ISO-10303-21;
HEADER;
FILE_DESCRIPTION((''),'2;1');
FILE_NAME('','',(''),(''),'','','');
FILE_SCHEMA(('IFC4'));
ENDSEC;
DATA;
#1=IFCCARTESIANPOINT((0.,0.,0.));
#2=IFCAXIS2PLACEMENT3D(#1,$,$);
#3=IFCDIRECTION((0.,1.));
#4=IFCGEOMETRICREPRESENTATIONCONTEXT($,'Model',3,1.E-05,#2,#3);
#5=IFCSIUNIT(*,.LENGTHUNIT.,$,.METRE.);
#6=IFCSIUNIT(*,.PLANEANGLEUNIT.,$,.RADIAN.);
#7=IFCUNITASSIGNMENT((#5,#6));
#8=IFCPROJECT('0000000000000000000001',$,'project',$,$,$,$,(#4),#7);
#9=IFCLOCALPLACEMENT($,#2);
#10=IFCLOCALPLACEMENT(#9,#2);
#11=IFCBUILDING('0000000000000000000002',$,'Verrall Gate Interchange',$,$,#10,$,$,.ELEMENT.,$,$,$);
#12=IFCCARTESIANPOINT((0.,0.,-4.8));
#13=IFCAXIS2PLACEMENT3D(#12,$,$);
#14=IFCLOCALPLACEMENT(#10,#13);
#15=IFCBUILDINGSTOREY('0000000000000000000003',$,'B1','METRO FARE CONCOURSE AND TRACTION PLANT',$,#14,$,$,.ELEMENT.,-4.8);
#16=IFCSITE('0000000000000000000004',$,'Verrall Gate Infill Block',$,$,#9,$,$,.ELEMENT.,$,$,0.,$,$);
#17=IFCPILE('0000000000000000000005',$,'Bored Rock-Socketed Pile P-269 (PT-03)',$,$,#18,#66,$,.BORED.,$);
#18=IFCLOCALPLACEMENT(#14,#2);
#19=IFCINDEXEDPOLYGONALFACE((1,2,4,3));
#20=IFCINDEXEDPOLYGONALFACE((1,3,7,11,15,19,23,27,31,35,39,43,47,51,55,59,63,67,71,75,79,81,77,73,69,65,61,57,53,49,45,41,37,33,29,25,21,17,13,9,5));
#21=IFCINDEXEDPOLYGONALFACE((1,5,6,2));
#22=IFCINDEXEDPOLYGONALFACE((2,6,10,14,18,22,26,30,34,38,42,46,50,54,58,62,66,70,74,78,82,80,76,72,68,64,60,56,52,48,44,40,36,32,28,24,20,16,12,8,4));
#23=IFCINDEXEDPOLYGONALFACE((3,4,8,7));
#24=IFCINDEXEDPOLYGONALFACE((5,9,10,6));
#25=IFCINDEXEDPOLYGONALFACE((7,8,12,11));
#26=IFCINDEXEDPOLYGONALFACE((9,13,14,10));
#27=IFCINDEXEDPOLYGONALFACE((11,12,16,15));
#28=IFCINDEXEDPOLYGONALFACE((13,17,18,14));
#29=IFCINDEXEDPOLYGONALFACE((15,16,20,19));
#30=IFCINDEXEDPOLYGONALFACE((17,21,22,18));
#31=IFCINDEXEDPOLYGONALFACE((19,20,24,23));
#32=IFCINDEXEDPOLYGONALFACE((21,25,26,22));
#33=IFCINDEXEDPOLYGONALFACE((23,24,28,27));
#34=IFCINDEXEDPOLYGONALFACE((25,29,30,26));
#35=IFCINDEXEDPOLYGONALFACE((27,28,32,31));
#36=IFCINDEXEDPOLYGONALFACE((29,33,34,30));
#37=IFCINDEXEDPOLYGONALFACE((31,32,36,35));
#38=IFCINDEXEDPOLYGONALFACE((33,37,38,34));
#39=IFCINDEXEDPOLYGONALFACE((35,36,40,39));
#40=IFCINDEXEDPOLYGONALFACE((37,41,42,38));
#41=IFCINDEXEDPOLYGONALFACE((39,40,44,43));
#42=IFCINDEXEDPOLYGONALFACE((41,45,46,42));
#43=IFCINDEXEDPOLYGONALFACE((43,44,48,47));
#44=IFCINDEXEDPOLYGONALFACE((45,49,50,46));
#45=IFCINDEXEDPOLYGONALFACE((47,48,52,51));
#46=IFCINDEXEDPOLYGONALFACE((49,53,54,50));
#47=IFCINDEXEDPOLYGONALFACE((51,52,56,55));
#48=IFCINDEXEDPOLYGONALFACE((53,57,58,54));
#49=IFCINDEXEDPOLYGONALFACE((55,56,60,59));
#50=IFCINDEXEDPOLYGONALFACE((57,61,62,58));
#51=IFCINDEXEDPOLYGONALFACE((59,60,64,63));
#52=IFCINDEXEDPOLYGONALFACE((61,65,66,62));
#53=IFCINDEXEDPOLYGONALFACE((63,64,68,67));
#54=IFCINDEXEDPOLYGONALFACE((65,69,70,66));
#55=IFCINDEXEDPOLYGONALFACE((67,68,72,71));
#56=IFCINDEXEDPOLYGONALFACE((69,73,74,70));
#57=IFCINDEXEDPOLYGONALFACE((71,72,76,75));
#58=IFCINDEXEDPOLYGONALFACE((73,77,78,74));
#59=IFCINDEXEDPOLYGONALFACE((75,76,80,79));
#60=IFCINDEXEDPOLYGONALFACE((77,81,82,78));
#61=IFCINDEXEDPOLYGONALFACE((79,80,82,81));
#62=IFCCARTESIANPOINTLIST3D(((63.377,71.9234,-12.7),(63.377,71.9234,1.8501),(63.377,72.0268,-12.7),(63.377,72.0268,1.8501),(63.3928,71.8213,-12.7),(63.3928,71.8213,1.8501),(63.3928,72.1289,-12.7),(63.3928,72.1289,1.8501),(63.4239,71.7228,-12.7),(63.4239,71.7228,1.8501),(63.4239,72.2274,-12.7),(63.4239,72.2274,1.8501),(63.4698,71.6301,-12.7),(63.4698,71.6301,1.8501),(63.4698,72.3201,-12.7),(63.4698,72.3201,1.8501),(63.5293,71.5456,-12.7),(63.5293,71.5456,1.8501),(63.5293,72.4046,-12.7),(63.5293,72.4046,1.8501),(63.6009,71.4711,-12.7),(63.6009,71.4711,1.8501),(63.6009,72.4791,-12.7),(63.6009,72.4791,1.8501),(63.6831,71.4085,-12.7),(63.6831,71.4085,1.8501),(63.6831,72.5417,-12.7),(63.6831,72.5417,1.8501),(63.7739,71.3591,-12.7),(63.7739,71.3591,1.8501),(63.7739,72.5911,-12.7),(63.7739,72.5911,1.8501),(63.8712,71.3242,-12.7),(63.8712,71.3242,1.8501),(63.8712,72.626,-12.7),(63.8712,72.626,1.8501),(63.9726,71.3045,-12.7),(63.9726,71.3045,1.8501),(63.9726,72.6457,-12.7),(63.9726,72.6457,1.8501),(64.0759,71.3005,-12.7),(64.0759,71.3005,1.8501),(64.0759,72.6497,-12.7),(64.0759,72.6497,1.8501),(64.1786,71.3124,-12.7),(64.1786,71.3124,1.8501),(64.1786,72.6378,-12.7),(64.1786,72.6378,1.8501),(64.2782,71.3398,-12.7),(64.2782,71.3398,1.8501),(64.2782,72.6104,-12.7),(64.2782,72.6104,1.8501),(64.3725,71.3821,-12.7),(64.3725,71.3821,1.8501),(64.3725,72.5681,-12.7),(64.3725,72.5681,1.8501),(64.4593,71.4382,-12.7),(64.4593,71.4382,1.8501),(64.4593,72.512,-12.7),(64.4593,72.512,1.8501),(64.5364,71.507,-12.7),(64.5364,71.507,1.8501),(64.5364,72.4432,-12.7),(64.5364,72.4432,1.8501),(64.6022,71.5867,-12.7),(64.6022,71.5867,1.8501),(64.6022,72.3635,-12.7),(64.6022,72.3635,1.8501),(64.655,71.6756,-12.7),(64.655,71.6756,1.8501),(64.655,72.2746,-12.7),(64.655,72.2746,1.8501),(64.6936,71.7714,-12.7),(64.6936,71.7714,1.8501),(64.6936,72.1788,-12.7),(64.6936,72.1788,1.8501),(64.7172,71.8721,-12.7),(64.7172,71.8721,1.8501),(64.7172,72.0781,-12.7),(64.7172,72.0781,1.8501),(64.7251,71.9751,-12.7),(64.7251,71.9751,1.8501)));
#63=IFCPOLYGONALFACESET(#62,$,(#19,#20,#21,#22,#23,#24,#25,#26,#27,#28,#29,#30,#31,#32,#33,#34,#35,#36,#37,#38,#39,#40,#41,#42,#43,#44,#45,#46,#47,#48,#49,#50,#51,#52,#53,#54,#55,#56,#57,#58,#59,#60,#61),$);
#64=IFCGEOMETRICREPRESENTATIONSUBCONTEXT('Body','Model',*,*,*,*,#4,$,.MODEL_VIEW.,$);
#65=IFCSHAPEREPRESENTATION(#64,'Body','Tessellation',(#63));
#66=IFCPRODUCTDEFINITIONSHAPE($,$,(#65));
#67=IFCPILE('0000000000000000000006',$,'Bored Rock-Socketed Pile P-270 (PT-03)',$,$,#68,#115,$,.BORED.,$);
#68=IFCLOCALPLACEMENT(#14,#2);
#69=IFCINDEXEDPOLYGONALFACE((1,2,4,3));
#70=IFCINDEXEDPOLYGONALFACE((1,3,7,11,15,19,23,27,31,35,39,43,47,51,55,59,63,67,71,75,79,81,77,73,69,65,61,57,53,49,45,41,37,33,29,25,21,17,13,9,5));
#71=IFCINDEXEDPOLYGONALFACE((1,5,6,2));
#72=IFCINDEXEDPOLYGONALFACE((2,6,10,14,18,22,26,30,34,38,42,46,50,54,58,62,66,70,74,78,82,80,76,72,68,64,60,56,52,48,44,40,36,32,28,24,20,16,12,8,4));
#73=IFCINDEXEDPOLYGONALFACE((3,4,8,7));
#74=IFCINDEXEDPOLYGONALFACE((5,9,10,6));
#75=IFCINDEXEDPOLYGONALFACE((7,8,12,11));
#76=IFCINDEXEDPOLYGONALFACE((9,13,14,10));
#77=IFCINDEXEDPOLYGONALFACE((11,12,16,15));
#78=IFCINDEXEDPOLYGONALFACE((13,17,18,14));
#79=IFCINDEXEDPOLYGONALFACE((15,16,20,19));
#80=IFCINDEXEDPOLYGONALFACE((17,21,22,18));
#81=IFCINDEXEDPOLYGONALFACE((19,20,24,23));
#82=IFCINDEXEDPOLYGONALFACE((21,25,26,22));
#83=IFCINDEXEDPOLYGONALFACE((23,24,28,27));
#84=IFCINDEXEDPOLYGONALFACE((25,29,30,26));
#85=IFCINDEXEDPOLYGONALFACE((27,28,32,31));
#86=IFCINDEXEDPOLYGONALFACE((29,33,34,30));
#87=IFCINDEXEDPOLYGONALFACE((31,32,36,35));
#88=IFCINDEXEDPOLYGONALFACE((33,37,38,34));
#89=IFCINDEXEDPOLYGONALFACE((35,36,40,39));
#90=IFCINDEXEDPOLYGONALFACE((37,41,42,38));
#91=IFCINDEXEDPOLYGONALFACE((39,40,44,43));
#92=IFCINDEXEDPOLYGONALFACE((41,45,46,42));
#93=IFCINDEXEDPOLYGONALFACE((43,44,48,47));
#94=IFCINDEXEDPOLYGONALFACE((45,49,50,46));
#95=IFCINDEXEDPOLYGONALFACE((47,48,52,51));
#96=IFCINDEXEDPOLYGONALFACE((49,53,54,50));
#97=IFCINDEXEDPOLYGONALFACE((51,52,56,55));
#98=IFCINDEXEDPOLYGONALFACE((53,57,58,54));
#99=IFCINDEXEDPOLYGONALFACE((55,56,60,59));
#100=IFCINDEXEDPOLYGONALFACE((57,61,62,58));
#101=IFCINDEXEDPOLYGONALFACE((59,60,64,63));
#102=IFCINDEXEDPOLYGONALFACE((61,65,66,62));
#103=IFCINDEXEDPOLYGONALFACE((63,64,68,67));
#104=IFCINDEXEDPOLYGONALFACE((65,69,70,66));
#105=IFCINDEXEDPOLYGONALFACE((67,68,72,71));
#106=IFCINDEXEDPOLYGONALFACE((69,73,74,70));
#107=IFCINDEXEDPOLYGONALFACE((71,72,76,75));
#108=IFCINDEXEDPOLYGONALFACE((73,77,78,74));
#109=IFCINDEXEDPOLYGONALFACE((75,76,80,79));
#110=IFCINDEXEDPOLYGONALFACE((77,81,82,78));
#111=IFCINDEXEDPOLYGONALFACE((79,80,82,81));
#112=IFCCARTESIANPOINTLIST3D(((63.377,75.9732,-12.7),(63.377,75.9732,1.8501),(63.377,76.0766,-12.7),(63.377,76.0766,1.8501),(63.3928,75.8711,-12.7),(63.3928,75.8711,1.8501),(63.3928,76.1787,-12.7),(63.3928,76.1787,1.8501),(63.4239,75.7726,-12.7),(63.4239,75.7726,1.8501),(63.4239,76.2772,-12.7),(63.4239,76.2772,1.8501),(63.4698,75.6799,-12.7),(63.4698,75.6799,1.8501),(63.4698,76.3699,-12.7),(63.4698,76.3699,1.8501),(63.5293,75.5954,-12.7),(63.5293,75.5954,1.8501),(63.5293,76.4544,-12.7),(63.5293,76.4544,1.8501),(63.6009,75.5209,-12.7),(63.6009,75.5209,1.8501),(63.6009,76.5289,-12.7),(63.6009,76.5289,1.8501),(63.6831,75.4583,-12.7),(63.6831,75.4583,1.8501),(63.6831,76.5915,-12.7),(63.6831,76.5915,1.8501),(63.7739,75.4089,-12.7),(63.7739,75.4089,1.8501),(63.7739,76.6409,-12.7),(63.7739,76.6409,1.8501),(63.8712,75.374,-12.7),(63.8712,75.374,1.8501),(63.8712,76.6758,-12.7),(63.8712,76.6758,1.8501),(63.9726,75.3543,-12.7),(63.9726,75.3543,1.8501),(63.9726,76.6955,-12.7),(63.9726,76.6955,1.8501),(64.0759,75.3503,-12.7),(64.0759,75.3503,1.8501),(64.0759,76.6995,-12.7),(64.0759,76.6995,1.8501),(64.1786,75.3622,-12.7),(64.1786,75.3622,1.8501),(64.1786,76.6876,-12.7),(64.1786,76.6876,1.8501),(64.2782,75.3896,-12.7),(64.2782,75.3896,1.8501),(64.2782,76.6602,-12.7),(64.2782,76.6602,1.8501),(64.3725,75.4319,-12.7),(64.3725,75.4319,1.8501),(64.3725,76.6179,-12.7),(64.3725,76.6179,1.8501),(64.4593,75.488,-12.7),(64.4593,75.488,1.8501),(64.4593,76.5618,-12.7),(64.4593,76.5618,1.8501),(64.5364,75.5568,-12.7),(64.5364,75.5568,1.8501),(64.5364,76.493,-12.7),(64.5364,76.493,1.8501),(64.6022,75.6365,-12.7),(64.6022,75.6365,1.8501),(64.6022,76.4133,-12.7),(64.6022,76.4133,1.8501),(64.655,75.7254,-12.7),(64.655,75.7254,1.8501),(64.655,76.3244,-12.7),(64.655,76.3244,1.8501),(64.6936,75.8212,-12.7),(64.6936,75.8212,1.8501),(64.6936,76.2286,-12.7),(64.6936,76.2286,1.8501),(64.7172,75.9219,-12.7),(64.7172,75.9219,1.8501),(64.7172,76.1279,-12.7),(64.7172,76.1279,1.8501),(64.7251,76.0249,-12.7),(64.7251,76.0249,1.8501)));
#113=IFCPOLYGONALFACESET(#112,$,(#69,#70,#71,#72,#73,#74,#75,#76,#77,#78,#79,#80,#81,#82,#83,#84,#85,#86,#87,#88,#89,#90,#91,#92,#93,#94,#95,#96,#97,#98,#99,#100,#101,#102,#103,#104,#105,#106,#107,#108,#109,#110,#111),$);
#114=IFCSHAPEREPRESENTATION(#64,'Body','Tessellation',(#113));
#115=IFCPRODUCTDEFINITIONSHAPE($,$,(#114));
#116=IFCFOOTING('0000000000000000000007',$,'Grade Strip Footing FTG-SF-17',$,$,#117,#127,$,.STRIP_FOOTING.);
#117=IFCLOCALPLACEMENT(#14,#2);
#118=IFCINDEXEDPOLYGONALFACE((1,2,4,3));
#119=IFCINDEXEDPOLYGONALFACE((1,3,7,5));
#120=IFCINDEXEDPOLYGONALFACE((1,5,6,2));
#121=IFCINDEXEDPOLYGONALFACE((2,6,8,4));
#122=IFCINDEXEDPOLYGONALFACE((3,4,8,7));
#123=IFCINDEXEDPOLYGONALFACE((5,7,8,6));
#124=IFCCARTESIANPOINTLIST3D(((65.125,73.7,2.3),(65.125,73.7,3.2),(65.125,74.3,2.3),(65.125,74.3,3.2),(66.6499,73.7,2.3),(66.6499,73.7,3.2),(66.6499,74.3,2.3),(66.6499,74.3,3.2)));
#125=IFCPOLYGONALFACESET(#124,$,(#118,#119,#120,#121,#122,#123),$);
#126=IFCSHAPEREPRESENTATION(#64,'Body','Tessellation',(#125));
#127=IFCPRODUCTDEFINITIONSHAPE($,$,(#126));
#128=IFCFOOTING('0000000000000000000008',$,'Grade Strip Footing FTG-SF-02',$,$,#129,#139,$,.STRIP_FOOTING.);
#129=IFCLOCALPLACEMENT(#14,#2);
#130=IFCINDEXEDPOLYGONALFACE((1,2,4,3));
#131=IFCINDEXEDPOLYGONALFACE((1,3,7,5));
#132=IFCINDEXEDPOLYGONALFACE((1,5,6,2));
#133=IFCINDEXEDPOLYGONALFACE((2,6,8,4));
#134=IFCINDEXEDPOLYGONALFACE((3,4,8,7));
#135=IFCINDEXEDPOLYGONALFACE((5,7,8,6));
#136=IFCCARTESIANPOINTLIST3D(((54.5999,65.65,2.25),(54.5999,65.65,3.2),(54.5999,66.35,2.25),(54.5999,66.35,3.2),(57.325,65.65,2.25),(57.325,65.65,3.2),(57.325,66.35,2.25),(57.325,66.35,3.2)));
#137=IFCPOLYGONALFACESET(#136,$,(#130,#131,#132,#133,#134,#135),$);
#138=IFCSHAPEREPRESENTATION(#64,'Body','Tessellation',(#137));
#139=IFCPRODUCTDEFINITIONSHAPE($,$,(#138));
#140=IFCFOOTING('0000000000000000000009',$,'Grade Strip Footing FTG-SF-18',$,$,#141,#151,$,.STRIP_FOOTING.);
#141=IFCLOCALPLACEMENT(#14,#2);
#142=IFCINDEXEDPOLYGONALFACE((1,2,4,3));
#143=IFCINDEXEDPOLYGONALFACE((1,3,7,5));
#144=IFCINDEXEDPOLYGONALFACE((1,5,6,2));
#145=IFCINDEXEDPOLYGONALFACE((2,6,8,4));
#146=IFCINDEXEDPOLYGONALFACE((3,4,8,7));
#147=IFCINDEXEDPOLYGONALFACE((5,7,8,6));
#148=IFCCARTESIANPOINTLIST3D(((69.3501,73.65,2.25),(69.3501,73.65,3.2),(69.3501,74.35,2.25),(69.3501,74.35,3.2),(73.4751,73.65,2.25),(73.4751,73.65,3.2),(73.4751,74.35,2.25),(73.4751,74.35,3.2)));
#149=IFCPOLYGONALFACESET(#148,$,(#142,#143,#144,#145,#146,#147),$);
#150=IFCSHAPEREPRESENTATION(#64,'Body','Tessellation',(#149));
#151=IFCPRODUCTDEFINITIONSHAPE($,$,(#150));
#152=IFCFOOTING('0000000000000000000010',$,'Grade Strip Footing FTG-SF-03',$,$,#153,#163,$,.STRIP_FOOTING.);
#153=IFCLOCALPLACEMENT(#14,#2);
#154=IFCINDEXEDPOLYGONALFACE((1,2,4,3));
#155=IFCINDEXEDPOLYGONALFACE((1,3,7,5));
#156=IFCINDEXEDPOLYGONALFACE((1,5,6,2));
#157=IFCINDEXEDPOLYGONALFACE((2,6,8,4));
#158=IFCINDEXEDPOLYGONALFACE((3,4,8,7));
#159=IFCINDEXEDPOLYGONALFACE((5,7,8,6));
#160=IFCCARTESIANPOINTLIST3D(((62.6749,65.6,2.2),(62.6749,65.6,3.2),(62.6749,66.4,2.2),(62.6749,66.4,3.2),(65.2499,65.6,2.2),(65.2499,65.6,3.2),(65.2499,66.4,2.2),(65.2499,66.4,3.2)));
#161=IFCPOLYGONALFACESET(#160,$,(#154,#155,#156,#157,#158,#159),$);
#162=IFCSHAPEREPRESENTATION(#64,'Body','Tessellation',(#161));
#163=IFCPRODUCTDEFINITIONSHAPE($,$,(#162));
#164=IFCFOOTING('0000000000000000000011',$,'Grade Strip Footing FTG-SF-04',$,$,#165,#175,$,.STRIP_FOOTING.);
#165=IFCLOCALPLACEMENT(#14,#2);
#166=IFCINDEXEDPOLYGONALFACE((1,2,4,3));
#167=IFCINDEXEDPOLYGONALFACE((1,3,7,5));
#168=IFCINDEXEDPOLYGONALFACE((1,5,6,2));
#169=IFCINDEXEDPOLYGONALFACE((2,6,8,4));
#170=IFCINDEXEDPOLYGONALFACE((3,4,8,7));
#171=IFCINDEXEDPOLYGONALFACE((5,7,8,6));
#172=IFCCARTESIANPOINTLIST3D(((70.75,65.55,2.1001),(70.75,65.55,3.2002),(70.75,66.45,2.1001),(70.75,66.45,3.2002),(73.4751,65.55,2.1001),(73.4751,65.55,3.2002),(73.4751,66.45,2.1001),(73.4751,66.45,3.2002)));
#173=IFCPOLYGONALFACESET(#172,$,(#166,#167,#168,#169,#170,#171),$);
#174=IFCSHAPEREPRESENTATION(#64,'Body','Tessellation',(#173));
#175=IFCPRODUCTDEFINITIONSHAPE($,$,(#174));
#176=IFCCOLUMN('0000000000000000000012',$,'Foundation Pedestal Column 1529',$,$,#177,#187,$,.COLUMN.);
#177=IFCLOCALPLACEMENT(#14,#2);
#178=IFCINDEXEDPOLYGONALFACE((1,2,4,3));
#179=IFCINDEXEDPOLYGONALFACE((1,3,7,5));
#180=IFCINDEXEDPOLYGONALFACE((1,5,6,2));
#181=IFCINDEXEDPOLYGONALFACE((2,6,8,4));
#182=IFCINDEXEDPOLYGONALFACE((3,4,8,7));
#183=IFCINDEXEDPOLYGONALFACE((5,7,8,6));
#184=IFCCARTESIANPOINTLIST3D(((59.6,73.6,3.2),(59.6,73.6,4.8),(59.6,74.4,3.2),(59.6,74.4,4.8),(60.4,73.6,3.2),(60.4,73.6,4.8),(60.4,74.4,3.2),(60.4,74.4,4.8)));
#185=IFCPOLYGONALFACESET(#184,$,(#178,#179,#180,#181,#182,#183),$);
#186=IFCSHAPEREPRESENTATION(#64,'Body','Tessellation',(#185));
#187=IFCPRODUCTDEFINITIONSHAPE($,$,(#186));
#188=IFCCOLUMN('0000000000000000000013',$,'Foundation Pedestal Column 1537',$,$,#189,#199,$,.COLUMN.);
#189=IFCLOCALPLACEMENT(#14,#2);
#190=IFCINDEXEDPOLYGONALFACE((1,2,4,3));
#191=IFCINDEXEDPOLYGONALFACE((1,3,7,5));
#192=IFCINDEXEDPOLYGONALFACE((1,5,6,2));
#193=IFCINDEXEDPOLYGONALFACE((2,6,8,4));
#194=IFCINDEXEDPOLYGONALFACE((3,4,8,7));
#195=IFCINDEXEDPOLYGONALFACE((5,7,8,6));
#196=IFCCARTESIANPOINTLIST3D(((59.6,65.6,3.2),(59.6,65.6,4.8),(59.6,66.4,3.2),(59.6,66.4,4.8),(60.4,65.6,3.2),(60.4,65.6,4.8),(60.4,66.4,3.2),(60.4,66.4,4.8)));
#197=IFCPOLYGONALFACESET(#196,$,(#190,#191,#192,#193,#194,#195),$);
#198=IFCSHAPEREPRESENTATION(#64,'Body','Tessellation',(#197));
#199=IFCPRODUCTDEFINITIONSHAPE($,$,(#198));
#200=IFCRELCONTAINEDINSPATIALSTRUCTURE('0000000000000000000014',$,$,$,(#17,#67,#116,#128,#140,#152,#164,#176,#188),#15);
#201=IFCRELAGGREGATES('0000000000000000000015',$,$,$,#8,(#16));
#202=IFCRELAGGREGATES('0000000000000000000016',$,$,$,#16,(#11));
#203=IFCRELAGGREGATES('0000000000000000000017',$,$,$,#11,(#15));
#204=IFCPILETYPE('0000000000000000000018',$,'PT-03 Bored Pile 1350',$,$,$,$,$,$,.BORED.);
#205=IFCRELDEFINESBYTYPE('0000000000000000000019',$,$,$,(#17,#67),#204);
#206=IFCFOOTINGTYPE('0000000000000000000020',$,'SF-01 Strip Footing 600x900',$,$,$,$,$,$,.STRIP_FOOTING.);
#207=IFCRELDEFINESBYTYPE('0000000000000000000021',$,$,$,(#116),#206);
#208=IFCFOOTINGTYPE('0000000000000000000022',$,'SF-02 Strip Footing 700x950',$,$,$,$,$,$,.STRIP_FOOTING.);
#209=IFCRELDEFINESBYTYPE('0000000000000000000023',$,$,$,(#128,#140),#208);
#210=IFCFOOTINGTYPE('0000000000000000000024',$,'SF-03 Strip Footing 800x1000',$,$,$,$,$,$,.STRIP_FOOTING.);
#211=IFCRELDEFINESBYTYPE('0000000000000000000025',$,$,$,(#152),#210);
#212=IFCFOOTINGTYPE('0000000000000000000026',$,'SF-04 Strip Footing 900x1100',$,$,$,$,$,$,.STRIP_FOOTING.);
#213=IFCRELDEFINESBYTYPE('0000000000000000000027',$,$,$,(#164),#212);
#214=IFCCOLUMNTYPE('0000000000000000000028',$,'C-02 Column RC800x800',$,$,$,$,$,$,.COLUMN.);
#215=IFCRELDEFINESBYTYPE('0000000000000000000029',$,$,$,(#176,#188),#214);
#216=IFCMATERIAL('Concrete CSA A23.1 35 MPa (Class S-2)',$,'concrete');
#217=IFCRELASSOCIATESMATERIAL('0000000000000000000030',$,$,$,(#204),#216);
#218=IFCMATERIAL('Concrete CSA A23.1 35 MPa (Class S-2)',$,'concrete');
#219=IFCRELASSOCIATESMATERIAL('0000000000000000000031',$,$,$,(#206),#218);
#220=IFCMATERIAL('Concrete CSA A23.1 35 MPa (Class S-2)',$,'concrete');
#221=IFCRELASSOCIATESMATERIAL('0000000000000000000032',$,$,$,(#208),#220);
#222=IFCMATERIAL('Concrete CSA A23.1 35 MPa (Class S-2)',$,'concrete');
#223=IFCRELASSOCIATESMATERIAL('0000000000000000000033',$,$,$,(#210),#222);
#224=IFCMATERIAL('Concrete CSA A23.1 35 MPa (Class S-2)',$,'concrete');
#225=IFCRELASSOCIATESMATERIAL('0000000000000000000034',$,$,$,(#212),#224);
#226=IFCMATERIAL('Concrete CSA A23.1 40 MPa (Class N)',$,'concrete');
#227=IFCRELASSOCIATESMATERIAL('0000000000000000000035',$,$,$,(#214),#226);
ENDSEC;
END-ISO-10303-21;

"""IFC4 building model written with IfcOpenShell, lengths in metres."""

from ifc_helpers import new_model, si_unit, direction, frame, origin, origin_2d, place, context, subcontext, project, spatial, rectangle, circle, extrude, material, material_profile, profile_set, type_object, element, save


model = new_model("IFC4")

# Units and contexts
model_context = context("Model", 3, precision=1e-05, world=origin(), true_north=direction((0.0, 1.0)))
body_context = subcontext(model_context, "Body", "Model", "MODEL_VIEW")
ifc_project = project(units=[si_unit("LENGTHUNIT", "METRE"), si_unit("PLANEANGLEUNIT", "RADIAN")], contexts=[model_context])

# Site, building, storey
site_placement = place(None, origin())
site = spatial("IfcSite", under=ifc_project, at=site_placement, Name="Verrall Gate Infill Block", CompositionType="ELEMENT", RefElevation=0.0)
building_placement = place(site_placement, origin())
building = spatial("IfcBuilding", under=site, at=building_placement, Name="Verrall Gate Interchange", CompositionType="ELEMENT")
storey_placement = place(building_placement, frame((0.0, 0.0, -4.8)))
storey = spatial("IfcBuildingStorey", under=building, at=storey_placement, Name="B1", Description="METRO FARE CONCOURSE AND TRACTION PLANT", CompositionType="ELEMENT", Elevation=-4.8)

# Piles
ifc_material_1 = material(Name="Concrete CSA A23.1 35 MPa (Class S-2)", Category="concrete")
ifc_material_profile_1 = material_profile(ifc_material_1, circle(Radius=0.675, at=origin_2d()), Name="PILE1350D")
ifc_profile_set_1 = profile_set([ifc_material_profile_1], Name="Concrete CSA A23.1 35 MPa (Class S-2)")
pile_type_1 = type_object("IfcPileType", Name="PT-03 Bored Pile 1350", PredefinedType="BORED", material=ifc_profile_set_1)
for number, where, z_axis, x_axis, name in (
    (1, (64.05, 71.9751, 1.8501), (0.0, 0.0, -1.0), (1.0, 0.0, 0.0), "Bored Rock-Socketed Pile P-269 (PT-03)"),
    (2, (64.05, 76.0249, 1.8501), (0.0, 0.0, -1.0), (1.0, 0.0, 0.0), "Bored Rock-Socketed Pile P-270 (PT-03)"),
):
    element("IfcPile", number, at=place(storey_placement, frame(where, z_axis=z_axis, x_axis=x_axis)), inside=storey, type_object=pile_type_1, Name=name, PredefinedType="BORED", context=body_context, shape_type="SweptSolid", body=[
        extrude(circle(Radius=0.675, at=origin_2d()), origin(), (0.0, 0.0, 1.0), 14.55),
    ])

# Footings
ifc_material_2 = material(Name="Concrete CSA A23.1 35 MPa (Class S-2)", Category="concrete")
footing_type_1 = type_object("IfcFootingType", Name="SF-01 Strip Footing 600x900", PredefinedType="STRIP_FOOTING", material=ifc_material_2)
footing_1_placement = place(storey_placement, frame((65.8875, 74.0, 2.3), z_axis=(0.0, 0.0, 1.0), x_axis=(1.0, 0.0, 0.0)))
element("IfcFooting", 3, at=footing_1_placement, inside=storey, type_object=footing_type_1, Name="Grade Strip Footing FTG-SF-17", PredefinedType="STRIP_FOOTING", context=body_context, shape_type="SweptSolid", body=[
    extrude(rectangle(XDim=1.5249, YDim=0.6001, at=origin_2d()), origin(), (0.0, 0.0, 1.0), 0.8999),
])
ifc_material_3 = material(Name="Concrete CSA A23.1 35 MPa (Class S-2)", Category="concrete")
footing_type_2 = type_object("IfcFootingType", Name="SF-02 Strip Footing 700x950", PredefinedType="STRIP_FOOTING", material=ifc_material_3)
footing_2_placement = place(storey_placement, frame((55.9624, 66.0, 2.25), z_axis=(0.0, 0.0, 1.0), x_axis=(1.0, 0.0, 0.0)))
element("IfcFooting", 4, at=footing_2_placement, inside=storey, type_object=footing_type_2, Name="Grade Strip Footing FTG-SF-02", PredefinedType="STRIP_FOOTING", context=body_context, shape_type="SweptSolid", body=[
    extrude(rectangle(XDim=2.7251, YDim=0.7, at=origin_2d()), origin(), (0.0, 0.0, 1.0), 0.95),
])
footing_3_placement = place(storey_placement, frame((71.4126, 74.0, 2.25), z_axis=(0.0, 0.0, 1.0), x_axis=(1.0, 0.0, 0.0)))
element("IfcFooting", 5, at=footing_3_placement, inside=storey, type_object=footing_type_2, Name="Grade Strip Footing FTG-SF-18", PredefinedType="STRIP_FOOTING", context=body_context, shape_type="SweptSolid", body=[
    extrude(rectangle(XDim=4.125, YDim=0.7, at=origin_2d()), origin(), (0.0, 0.0, 1.0), 0.95),
])
ifc_material_4 = material(Name="Concrete CSA A23.1 35 MPa (Class S-2)", Category="concrete")
footing_type_3 = type_object("IfcFootingType", Name="SF-03 Strip Footing 800x1000", PredefinedType="STRIP_FOOTING", material=ifc_material_4)
footing_4_placement = place(storey_placement, frame((63.9624, 66.0, 2.2), z_axis=(0.0, 0.0, 1.0), x_axis=(1.0, 0.0, 0.0)))
element("IfcFooting", 6, at=footing_4_placement, inside=storey, type_object=footing_type_3, Name="Grade Strip Footing FTG-SF-03", PredefinedType="STRIP_FOOTING", context=body_context, shape_type="SweptSolid", body=[
    extrude(rectangle(XDim=2.575, YDim=0.8, at=origin_2d()), origin(), (0.0, 0.0, 1.0), 1.0),
])
ifc_material_5 = material(Name="Concrete CSA A23.1 35 MPa (Class S-2)", Category="concrete")
footing_type_4 = type_object("IfcFootingType", Name="SF-04 Strip Footing 900x1100", PredefinedType="STRIP_FOOTING", material=ifc_material_5)
footing_5_placement = place(storey_placement, frame((72.1125, 66.0, 2.1001), z_axis=(0.0, 0.0, 1.0), x_axis=(1.0, 0.0, 0.0)))
element("IfcFooting", 7, at=footing_5_placement, inside=storey, type_object=footing_type_4, Name="Grade Strip Footing FTG-SF-04", PredefinedType="STRIP_FOOTING", context=body_context, shape_type="SweptSolid", body=[
    extrude(rectangle(XDim=2.7251, YDim=0.8999, at=origin_2d()), origin(), (0.0, 0.0, 1.0), 1.1001),
])

# Columns
ifc_material_6 = material(Name="Concrete CSA A23.1 40 MPa (Class N)", Category="concrete")
ifc_material_profile_2 = material_profile(ifc_material_6, rectangle(XDim=0.8, YDim=0.8, at=origin_2d()), Name="RC800x800")
ifc_profile_set_2 = profile_set([ifc_material_profile_2], Name="Concrete CSA A23.1 40 MPa (Class N)")
column_type_1 = type_object("IfcColumnType", Name="C-02 Column RC800x800", PredefinedType="COLUMN", material=ifc_profile_set_2)
for number, where, z_axis, x_axis, name in (
    (8, (60.0, 74.0, 3.2), (0.0, 0.0, 1.0), (1.0, 0.0, 0.0), "Foundation Pedestal Column 1529"),
    (9, (60.0, 66.0, 3.2), (0.0, 0.0, 1.0), (1.0, 0.0, 0.0), "Foundation Pedestal Column 1537"),
):
    element("IfcColumn", number, at=place(storey_placement, frame(where, z_axis=z_axis, x_axis=x_axis)), inside=storey, type_object=column_type_1, Name=name, PredefinedType="COLUMN", context=body_context, shape_type="SweptSolid", body=[
        extrude(rectangle(XDim=0.8, YDim=0.8, at=origin_2d()), origin(), (0.0, 0.0, 1.0), 1.6001),
    ])

save(model, "model.ifc")
